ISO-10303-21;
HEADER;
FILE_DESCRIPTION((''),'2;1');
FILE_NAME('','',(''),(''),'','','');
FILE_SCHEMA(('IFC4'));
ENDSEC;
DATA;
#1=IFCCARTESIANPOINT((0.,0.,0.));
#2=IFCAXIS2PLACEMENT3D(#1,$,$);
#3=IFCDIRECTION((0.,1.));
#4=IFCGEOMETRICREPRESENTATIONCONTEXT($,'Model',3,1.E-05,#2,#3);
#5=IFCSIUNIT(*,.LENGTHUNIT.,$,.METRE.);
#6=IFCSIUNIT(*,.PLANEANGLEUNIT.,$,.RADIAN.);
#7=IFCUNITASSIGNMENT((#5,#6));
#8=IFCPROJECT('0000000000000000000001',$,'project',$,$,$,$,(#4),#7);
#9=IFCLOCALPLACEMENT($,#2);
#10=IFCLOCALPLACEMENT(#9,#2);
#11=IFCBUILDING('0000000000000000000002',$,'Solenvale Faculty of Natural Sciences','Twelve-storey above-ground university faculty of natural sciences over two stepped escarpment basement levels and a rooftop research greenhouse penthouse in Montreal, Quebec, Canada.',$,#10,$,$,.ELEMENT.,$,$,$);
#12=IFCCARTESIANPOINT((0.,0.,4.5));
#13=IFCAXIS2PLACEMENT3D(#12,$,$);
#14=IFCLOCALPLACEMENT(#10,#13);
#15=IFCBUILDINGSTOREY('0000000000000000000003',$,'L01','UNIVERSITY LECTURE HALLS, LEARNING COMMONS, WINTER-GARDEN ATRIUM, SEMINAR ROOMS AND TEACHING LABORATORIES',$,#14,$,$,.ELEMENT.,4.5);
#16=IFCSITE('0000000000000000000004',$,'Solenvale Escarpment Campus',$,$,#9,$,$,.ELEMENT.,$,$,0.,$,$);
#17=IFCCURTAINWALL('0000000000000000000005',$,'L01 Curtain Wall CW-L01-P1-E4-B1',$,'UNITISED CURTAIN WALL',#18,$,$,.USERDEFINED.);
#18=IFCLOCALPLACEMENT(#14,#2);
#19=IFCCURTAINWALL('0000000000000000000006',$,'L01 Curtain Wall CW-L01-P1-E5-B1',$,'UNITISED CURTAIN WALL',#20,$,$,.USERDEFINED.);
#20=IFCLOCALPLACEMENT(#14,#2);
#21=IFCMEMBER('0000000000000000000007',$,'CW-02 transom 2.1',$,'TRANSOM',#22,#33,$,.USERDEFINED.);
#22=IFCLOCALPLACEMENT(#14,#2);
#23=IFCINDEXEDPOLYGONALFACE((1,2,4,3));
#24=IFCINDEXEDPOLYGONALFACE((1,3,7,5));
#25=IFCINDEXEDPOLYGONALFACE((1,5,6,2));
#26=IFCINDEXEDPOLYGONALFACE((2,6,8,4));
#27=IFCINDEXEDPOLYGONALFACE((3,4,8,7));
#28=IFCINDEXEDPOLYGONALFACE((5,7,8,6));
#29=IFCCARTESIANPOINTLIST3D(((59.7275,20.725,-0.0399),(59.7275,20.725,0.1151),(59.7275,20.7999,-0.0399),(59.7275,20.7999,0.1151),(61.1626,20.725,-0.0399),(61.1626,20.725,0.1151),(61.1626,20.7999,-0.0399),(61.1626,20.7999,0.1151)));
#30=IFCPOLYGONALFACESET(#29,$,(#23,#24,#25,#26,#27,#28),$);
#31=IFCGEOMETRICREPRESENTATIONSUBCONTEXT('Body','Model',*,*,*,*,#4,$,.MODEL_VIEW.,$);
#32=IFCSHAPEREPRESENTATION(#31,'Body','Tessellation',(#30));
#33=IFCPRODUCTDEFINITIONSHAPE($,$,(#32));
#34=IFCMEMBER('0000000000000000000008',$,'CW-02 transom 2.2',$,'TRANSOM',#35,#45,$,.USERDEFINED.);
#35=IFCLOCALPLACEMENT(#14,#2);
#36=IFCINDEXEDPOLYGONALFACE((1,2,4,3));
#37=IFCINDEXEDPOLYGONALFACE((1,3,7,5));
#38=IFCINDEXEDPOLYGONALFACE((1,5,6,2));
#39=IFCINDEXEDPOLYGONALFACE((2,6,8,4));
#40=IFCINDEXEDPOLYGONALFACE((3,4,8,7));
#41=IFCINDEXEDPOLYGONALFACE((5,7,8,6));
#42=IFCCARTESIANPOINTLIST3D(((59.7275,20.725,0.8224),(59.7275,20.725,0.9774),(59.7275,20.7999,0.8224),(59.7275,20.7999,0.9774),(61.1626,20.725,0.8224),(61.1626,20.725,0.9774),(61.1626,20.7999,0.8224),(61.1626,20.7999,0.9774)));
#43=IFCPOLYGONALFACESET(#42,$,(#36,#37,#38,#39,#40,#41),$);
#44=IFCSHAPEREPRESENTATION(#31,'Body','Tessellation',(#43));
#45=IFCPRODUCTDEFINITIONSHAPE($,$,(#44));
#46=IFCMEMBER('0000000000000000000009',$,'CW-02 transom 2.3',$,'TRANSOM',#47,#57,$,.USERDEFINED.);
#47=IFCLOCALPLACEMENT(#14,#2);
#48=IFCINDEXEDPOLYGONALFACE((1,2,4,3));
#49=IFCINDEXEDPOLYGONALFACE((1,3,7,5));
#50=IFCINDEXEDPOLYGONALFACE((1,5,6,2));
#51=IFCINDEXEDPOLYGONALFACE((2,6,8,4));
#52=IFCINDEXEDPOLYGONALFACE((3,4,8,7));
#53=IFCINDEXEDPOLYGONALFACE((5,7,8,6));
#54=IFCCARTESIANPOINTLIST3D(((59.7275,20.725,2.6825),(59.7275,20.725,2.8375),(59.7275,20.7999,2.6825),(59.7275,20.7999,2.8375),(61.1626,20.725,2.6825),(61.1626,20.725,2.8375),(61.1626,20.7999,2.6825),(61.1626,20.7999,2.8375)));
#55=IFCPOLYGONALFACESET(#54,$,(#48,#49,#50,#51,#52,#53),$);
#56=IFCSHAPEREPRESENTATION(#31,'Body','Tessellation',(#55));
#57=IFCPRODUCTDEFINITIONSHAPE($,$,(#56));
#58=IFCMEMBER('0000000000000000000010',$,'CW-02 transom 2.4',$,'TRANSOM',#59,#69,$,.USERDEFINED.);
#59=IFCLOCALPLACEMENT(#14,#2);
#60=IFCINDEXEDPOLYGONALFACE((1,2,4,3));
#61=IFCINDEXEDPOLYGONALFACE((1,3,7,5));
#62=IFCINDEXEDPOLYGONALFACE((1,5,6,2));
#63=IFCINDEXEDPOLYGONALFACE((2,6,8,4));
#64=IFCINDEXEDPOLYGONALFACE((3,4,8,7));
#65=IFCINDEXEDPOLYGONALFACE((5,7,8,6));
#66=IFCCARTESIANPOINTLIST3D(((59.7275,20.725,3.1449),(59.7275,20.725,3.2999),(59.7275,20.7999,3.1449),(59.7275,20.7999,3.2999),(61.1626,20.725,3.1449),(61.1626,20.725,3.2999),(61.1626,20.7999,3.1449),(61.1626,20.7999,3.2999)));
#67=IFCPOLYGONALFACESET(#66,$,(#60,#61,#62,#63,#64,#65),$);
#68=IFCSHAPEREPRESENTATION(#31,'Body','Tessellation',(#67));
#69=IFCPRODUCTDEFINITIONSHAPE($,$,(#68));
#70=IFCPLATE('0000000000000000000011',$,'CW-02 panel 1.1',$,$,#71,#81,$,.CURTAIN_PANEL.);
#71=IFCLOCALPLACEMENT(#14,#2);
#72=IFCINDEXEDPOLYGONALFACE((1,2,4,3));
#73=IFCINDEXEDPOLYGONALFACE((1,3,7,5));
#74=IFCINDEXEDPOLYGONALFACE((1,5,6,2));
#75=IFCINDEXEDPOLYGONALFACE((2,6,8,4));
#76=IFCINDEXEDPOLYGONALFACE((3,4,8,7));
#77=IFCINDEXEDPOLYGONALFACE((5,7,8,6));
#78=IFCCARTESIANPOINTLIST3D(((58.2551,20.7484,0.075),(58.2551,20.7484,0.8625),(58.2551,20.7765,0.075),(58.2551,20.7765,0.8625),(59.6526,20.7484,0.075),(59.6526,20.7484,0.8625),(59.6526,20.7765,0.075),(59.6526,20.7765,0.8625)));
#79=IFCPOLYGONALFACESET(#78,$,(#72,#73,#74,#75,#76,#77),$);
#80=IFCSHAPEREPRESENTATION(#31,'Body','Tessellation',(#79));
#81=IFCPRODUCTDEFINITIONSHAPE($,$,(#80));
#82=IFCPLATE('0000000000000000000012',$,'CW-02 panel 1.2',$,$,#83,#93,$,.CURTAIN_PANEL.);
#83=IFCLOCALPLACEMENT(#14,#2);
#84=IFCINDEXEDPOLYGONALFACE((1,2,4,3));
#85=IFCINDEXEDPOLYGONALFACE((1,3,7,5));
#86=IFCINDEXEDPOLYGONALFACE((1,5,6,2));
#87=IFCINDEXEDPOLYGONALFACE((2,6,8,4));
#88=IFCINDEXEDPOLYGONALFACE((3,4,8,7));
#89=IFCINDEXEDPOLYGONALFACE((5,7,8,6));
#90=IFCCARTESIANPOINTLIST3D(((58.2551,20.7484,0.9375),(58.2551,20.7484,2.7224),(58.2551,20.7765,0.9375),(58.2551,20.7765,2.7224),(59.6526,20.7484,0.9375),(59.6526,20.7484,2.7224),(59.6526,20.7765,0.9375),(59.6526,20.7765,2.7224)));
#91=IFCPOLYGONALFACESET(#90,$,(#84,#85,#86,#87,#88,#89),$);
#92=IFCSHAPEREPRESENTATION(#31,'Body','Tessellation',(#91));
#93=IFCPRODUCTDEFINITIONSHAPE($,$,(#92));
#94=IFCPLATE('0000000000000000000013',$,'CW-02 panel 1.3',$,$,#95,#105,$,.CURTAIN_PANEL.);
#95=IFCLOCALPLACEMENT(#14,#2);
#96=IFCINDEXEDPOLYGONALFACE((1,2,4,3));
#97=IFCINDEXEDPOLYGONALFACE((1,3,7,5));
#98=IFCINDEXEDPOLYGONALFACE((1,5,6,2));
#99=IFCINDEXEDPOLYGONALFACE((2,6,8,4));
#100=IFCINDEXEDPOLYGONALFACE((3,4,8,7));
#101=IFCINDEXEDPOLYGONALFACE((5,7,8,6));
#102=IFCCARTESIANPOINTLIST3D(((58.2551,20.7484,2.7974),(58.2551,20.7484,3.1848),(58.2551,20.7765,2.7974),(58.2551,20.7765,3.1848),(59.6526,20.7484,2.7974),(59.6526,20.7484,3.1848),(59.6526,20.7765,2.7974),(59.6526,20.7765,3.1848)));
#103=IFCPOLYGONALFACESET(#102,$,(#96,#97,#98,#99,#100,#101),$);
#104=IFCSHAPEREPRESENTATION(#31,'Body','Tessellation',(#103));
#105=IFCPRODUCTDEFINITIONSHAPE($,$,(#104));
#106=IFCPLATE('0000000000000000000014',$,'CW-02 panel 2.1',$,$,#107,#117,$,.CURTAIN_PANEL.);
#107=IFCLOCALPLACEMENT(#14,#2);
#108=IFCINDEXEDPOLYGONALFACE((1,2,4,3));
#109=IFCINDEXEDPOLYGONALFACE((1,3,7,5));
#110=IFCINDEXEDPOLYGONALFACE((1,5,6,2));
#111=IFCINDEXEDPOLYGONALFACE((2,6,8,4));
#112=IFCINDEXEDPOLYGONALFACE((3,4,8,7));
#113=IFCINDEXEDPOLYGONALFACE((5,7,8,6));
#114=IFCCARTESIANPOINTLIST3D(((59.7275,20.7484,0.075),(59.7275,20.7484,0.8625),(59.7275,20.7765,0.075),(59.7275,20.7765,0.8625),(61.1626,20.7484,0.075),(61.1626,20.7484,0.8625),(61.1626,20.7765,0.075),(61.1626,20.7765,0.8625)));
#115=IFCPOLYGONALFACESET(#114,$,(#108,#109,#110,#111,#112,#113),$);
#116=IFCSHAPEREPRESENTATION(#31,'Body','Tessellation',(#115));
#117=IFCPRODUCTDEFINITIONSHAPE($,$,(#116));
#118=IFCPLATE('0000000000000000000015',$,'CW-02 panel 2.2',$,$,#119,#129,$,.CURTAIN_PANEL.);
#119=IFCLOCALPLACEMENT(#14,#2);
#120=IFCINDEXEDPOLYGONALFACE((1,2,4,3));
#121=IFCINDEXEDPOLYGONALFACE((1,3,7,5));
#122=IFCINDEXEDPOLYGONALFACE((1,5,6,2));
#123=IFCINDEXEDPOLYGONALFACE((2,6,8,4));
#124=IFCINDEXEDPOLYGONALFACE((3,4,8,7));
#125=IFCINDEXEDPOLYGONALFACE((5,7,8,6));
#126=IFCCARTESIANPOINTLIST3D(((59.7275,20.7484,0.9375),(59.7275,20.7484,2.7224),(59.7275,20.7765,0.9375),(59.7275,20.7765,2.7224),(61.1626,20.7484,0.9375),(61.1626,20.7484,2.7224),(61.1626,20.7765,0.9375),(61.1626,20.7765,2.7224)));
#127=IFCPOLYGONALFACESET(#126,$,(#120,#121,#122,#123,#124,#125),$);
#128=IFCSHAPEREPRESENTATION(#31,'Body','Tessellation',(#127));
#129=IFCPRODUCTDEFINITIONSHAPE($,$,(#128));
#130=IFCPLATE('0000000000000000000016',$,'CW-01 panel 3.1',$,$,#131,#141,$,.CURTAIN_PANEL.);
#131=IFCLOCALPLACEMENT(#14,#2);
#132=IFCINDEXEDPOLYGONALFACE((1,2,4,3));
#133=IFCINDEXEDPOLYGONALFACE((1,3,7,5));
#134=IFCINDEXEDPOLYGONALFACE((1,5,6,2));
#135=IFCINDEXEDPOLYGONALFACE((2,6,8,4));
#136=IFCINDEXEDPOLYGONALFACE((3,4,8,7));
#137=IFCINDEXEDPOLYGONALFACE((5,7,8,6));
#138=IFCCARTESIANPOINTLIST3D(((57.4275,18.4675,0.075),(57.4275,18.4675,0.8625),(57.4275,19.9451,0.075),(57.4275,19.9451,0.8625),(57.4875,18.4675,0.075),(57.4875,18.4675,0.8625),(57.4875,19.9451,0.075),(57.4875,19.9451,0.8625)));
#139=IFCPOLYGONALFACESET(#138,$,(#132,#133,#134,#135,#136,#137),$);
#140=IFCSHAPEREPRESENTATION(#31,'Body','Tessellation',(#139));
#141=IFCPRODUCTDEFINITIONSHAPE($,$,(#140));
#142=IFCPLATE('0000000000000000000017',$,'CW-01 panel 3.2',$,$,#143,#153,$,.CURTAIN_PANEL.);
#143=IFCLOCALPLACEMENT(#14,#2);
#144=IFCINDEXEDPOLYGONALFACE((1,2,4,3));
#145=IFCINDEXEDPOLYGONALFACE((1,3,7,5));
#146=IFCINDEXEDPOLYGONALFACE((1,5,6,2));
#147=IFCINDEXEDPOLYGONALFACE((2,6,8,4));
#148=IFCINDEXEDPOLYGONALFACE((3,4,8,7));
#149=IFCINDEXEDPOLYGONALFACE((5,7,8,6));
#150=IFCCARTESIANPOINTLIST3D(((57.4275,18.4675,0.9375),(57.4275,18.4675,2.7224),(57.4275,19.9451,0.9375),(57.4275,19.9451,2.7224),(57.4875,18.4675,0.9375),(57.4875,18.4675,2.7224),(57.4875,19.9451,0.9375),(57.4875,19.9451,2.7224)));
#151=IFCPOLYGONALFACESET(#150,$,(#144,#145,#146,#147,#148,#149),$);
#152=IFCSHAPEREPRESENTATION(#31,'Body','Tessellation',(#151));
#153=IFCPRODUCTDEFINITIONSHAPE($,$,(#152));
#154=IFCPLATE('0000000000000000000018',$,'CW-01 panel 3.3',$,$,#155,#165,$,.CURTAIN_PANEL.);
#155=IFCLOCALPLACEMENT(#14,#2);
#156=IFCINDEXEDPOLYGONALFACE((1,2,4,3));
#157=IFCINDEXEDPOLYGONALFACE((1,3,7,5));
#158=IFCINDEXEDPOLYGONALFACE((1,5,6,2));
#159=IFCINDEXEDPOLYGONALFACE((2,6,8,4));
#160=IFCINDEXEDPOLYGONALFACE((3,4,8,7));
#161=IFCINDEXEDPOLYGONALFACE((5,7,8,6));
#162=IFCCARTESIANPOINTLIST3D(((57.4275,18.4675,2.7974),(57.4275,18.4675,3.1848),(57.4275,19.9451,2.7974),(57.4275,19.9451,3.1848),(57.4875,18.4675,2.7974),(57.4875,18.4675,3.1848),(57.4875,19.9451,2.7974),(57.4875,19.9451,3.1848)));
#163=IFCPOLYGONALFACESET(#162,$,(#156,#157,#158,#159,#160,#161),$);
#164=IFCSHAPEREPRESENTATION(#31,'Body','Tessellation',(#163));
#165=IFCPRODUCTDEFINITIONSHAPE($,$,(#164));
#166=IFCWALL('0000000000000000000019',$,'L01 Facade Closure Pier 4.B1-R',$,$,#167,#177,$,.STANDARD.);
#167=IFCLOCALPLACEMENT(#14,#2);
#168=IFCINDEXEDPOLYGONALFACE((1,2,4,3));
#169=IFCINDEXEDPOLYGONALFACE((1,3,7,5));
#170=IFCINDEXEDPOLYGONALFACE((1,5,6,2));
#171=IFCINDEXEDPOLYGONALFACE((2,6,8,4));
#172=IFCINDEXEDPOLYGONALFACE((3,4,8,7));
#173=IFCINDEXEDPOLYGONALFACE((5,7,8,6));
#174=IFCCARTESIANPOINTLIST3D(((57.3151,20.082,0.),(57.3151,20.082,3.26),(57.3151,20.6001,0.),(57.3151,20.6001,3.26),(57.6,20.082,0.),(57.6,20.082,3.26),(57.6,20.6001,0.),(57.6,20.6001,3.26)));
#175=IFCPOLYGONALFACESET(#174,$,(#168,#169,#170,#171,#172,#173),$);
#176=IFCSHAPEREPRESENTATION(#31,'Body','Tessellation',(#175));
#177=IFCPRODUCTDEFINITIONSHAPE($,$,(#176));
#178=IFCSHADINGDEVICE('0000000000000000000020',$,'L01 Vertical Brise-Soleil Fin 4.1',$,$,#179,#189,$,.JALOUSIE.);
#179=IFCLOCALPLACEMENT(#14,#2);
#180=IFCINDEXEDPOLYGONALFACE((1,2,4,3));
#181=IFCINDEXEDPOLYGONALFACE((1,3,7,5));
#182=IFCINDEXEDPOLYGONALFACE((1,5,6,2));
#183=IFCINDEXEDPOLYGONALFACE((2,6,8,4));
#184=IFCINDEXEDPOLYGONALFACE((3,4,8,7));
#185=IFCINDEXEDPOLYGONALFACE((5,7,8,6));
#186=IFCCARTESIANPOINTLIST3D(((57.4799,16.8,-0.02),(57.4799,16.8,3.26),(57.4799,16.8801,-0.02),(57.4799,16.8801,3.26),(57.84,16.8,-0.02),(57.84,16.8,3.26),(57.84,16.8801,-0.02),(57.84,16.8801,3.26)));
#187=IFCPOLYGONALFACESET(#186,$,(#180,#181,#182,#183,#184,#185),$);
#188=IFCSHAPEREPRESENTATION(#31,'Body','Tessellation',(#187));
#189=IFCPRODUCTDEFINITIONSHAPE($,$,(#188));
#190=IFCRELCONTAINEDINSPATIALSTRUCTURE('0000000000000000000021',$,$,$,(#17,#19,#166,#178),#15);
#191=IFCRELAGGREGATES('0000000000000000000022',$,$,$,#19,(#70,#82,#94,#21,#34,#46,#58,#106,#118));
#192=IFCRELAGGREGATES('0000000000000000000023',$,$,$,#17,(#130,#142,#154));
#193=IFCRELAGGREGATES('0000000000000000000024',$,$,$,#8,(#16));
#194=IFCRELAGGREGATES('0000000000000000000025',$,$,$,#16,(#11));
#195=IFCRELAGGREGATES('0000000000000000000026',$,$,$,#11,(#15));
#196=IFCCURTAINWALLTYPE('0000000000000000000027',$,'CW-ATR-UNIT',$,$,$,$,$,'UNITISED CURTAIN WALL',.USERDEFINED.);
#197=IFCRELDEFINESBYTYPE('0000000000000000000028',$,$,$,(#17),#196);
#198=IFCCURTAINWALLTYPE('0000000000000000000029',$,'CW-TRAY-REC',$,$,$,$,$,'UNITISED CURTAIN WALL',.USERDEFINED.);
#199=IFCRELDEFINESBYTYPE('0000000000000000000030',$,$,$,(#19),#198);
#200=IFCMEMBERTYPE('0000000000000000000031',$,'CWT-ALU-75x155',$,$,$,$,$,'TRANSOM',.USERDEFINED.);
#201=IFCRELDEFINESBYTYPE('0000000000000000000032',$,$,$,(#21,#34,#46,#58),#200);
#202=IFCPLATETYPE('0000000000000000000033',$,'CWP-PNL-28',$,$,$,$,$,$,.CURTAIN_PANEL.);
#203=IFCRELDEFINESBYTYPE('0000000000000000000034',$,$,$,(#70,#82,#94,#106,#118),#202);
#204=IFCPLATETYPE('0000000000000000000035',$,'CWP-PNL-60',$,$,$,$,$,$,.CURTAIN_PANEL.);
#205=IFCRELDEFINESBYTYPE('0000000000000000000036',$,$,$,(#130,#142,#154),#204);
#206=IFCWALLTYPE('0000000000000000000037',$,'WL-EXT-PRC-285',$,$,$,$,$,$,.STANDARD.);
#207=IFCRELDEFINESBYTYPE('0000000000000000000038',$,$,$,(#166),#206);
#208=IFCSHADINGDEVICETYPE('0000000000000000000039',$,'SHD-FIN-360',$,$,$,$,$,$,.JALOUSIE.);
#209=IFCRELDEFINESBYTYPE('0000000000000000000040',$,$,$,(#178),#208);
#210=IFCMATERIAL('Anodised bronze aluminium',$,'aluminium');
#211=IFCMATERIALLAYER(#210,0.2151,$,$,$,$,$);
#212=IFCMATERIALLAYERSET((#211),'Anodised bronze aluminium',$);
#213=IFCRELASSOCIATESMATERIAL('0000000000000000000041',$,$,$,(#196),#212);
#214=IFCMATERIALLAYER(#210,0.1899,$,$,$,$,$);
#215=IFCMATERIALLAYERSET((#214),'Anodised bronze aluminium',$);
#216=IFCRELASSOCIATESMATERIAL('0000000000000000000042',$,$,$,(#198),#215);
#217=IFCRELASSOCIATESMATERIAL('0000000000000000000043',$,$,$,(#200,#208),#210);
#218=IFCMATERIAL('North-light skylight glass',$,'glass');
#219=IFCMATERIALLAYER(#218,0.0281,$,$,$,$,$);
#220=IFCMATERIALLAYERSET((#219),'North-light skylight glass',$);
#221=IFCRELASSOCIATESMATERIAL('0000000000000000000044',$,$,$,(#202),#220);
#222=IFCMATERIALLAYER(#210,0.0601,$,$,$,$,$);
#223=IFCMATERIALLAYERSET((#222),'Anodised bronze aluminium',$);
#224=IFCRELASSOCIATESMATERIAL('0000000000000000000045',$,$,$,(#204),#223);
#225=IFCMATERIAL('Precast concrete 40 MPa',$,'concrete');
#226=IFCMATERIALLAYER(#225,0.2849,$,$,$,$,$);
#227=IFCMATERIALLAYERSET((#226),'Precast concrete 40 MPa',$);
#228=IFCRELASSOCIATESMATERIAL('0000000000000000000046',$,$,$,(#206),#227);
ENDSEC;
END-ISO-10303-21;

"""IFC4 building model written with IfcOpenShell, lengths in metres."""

from ifc_helpers import new_model, si_unit, direction, frame, frame_2d, origin, origin_2d, place, context, subcontext, project, spatial, rectangle, extrude, material, layer, layer_set, material_profile, profile_set, type_object, element, aggregate, save


model = new_model("IFC4")

# Units and contexts
model_context = context("Model", 3, precision=1e-05, world=origin(), true_north=direction((0.0, 1.0)))
body_context = subcontext(model_context, "Body", "Model", "MODEL_VIEW")
ifc_project = project(units=[si_unit("LENGTHUNIT", "METRE"), si_unit("PLANEANGLEUNIT", "RADIAN")], contexts=[model_context])

# Site, building, storey
site_placement = place(None, origin())
site = spatial("IfcSite", under=ifc_project, at=site_placement, Name="Solenvale Escarpment Campus", CompositionType="ELEMENT", RefElevation=0.0)
building_placement = place(site_placement, origin())
building = spatial("IfcBuilding", under=site, at=building_placement, Name="Solenvale Faculty of Natural Sciences", Description="Twelve-storey above-ground university faculty of natural sciences over two stepped escarpment basement levels and a rooftop research greenhouse penthouse in Montreal, Quebec, Canada.", CompositionType="ELEMENT")
storey_placement = place(building_placement, frame((0.0, 0.0, 4.5)))
storey = spatial("IfcBuildingStorey", under=building, at=storey_placement, Name="L01", Description="UNIVERSITY LECTURE HALLS, LEARNING COMMONS, WINTER-GARDEN ATRIUM, SEMINAR ROOMS AND TEACHING LABORATORIES", CompositionType="ELEMENT", Elevation=4.5)

# Curtain wall
ifc_material_1 = material(Name="Anodised bronze aluminium", Category="aluminium")
ifc_layer_1 = layer(ifc_material_1, 0.2151)
ifc_layer_set_1 = layer_set([ifc_layer_1], Name="Anodised bronze aluminium")
curtain_wall_type_1 = type_object("IfcCurtainWallType", Name="CW-ATR-UNIT", ElementType="UNITISED CURTAIN WALL", PredefinedType="USERDEFINED", material=ifc_layer_set_1)
curtain_wall_1_placement = place(storey_placement, origin())
curtain_wall_1 = element("IfcCurtainWall", 1, at=curtain_wall_1_placement, inside=storey, type_object=curtain_wall_type_1, Name="L01 Curtain Wall CW-L01-P1-E4-B1", ObjectType="UNITISED CURTAIN WALL", PredefinedType="USERDEFINED")

# Curtain wall, members, plates
ifc_layer_2 = layer(ifc_material_1, 0.1899)
ifc_layer_set_2 = layer_set([ifc_layer_2], Name="Anodised bronze aluminium")
curtain_wall_type_2 = type_object("IfcCurtainWallType", Name="CW-TRAY-REC", ElementType="UNITISED CURTAIN WALL", PredefinedType="USERDEFINED", material=ifc_layer_set_2)
curtain_wall_2_placement = place(storey_placement, origin())
curtain_wall_2 = element("IfcCurtainWall", 2, at=curtain_wall_2_placement, inside=storey, type_object=curtain_wall_type_2, Name="L01 Curtain Wall CW-L01-P1-E5-B1", ObjectType="UNITISED CURTAIN WALL", PredefinedType="USERDEFINED")
ifc_material_profile_1 = material_profile(ifc_material_1, rectangle(XDim=0.075, YDim=0.155, at=origin_2d()), Name="ALU-TRN-75x155")
ifc_profile_set_1 = profile_set([ifc_material_profile_1], Name="Anodised bronze aluminium")
member_type_1 = type_object("IfcMemberType", Name="CWT-ALU-75x155", ElementType="TRANSOM", PredefinedType="USERDEFINED", material=ifc_profile_set_1)
member_1_placement = place(storey_placement, frame((59.7275, 20.7625, 0.0376), z_axis=(1.0, 0.0, 0.0), x_axis=(0.0, 1.0, 0.0)))
member_1 = element("IfcMember", 3, at=member_1_placement, type_object=member_type_1, Name="CW-02 transom 2.1", ObjectType="TRANSOM", PredefinedType="USERDEFINED", context=body_context, shape_type="SweptSolid", body=[
    extrude(rectangle(XDim=0.075, YDim=0.155, at=origin_2d()), origin(), (0.0, 0.0, 1.0), 1.4351),
])
member_2_placement = place(storey_placement, frame((59.7275, 20.7625, 0.8999), z_axis=(1.0, 0.0, 0.0), x_axis=(0.0, 1.0, 0.0)))
member_2 = element("IfcMember", 4, at=member_2_placement, type_object=member_type_1, Name="CW-02 transom 2.2", ObjectType="TRANSOM", PredefinedType="USERDEFINED", context=body_context, shape_type="SweptSolid", body=[
    extrude(rectangle(XDim=0.075, YDim=0.155, at=origin_2d()), origin(), (0.0, 0.0, 1.0), 1.4351),
])
member_3_placement = place(storey_placement, frame((59.7275, 20.7625, 2.76), z_axis=(1.0, 0.0, 0.0), x_axis=(0.0, 1.0, 0.0)))
member_3 = element("IfcMember", 5, at=member_3_placement, type_object=member_type_1, Name="CW-02 transom 2.3", ObjectType="TRANSOM", PredefinedType="USERDEFINED", context=body_context, shape_type="SweptSolid", body=[
    extrude(rectangle(XDim=0.075, YDim=0.155, at=origin_2d()), origin(), (0.0, 0.0, 1.0), 1.4351),
])
member_4_placement = place(storey_placement, frame((59.7275, 20.7625, 3.2224), z_axis=(1.0, 0.0, 0.0), x_axis=(0.0, 1.0, 0.0)))
member_4 = element("IfcMember", 6, at=member_4_placement, type_object=member_type_1, Name="CW-02 transom 2.4", ObjectType="TRANSOM", PredefinedType="USERDEFINED", context=body_context, shape_type="SweptSolid", body=[
    extrude(rectangle(XDim=0.075, YDim=0.155, at=origin_2d()), origin(), (0.0, 0.0, 1.0), 1.4351),
])
ifc_material_2 = material(Name="North-light skylight glass", Category="glass")
ifc_layer_3 = layer(ifc_material_2, 0.0281)
ifc_layer_set_3 = layer_set([ifc_layer_3], Name="North-light skylight glass")
plate_type_1 = type_object("IfcPlateType", Name="CWP-PNL-28", PredefinedType="CURTAIN_PANEL", material=ifc_layer_set_3)
plate_1_placement = place(storey_placement, frame((58.9539, 20.7625, 0.075), z_axis=(0.0, 0.0, 1.0), x_axis=(1.0, 0.0, 0.0)))
plate_1 = element("IfcPlate", 7, at=plate_1_placement, type_object=plate_type_1, Name="CW-02 panel 1.1", PredefinedType="CURTAIN_PANEL", context=body_context, shape_type="SweptSolid", body=[
    extrude(rectangle(XDim=1.3975, YDim=0.0281, at=origin_2d()), origin(), (0.0, 0.0, 1.0), 0.7876),
])
plate_2_placement = place(storey_placement, frame((58.9539, 20.7625, 0.9375), z_axis=(0.0, 0.0, 1.0), x_axis=(1.0, 0.0, 0.0)))
plate_2 = element("IfcPlate", 8, at=plate_2_placement, type_object=plate_type_1, Name="CW-02 panel 1.2", PredefinedType="CURTAIN_PANEL", context=body_context, shape_type="SweptSolid", body=[
    extrude(rectangle(XDim=1.3975, YDim=0.0281, at=origin_2d()), origin(), (0.0, 0.0, 1.0), 1.7849),
])
plate_3_placement = place(storey_placement, frame((58.9539, 20.7625, 2.7974), z_axis=(0.0, 0.0, 1.0), x_axis=(1.0, 0.0, 0.0)))
plate_3 = element("IfcPlate", 9, at=plate_3_placement, type_object=plate_type_1, Name="CW-02 panel 1.3", PredefinedType="CURTAIN_PANEL", context=body_context, shape_type="SweptSolid", body=[
    extrude(rectangle(XDim=1.3975, YDim=0.0281, at=origin_2d()), origin(), (0.0, 0.0, 1.0), 0.3875),
])
plate_4_placement = place(storey_placement, frame((60.4451, 20.7625, 0.075), z_axis=(0.0, 0.0, 1.0), x_axis=(1.0, 0.0, 0.0)))
plate_4 = element("IfcPlate", 10, at=plate_4_placement, type_object=plate_type_1, Name="CW-02 panel 2.1", PredefinedType="CURTAIN_PANEL", context=body_context, shape_type="SweptSolid", body=[
    extrude(rectangle(XDim=1.4351, YDim=0.0281, at=origin_2d()), origin(), (0.0, 0.0, 1.0), 0.7876),
])
plate_5_placement = place(storey_placement, frame((60.4451, 20.7625, 0.9375), z_axis=(0.0, 0.0, 1.0), x_axis=(1.0, 0.0, 0.0)))
plate_5 = element("IfcPlate", 11, at=plate_5_placement, type_object=plate_type_1, Name="CW-02 panel 2.2", PredefinedType="CURTAIN_PANEL", context=body_context, shape_type="SweptSolid", body=[
    extrude(rectangle(XDim=1.4351, YDim=0.0281, at=origin_2d()), origin(), (0.0, 0.0, 1.0), 1.7849),
])
aggregate(curtain_wall_2, [plate_1, plate_2, plate_3, member_1, member_2, member_3, member_4, plate_4, plate_5])

# Plates
ifc_layer_4 = layer(ifc_material_1, 0.0601)
ifc_layer_set_4 = layer_set([ifc_layer_4], Name="Anodised bronze aluminium")
plate_type_2 = type_object("IfcPlateType", Name="CWP-PNL-60", PredefinedType="CURTAIN_PANEL", material=ifc_layer_set_4)
plate_6_placement = place(storey_placement, frame((57.4575, 19.2063, 0.075), z_axis=(0.0, 0.0, 1.0), x_axis=(0.0, 1.0, 0.0)))
plate_6 = element("IfcPlate", 12, at=plate_6_placement, type_object=plate_type_2, Name="CW-01 panel 3.1", PredefinedType="CURTAIN_PANEL", context=body_context, shape_type="SweptSolid", body=[
    extrude(rectangle(XDim=1.4775, YDim=0.0601, at=origin_2d()), origin(), (0.0, 0.0, 1.0), 0.7876),
])
plate_7_placement = place(storey_placement, frame((57.4575, 19.2063, 0.9375), z_axis=(0.0, 0.0, 1.0), x_axis=(0.0, 1.0, 0.0)))
plate_7 = element("IfcPlate", 13, at=plate_7_placement, type_object=plate_type_2, Name="CW-01 panel 3.2", PredefinedType="CURTAIN_PANEL", context=body_context, shape_type="SweptSolid", body=[
    extrude(rectangle(XDim=1.4775, YDim=0.0601, at=origin_2d()), origin(), (0.0, 0.0, 1.0), 1.7849),
])
plate_8_placement = place(storey_placement, frame((57.4575, 19.2063, 2.7974), z_axis=(0.0, 0.0, 1.0), x_axis=(0.0, 1.0, 0.0)))
plate_8 = element("IfcPlate", 14, at=plate_8_placement, type_object=plate_type_2, Name="CW-01 panel 3.3", PredefinedType="CURTAIN_PANEL", context=body_context, shape_type="SweptSolid", body=[
    extrude(rectangle(XDim=1.4775, YDim=0.0601, at=origin_2d()), origin(), (0.0, 0.0, 1.0), 0.3875),
])
aggregate(curtain_wall_1, [plate_6, plate_7, plate_8])

# Wall
ifc_material_3 = material(Name="Precast concrete 40 MPa", Category="concrete")
ifc_layer_5 = layer(ifc_material_3, 0.2849)
ifc_layer_set_5 = layer_set([ifc_layer_5], Name="Precast concrete 40 MPa")
wall_type = type_object("IfcWallType", Name="WL-EXT-PRC-285", PredefinedType="STANDARD", material=ifc_layer_set_5)
wall_placement = place(storey_placement, frame((57.4575, 20.082, 0.0), z_axis=(0.0, 0.0, 1.0), x_axis=(0.0, 1.0, 0.0)))
element("IfcWall", 15, at=wall_placement, inside=storey, type_object=wall_type, Name="L01 Facade Closure Pier 4.B1-R", PredefinedType="STANDARD", context=body_context, shape_type="SweptSolid", body=[
    extrude(rectangle(XDim=0.5181, YDim=0.2849, at=frame_2d((0.259, 0.0))), origin(), (0.0, 0.0, 1.0), 3.26),
])

# Shading device
ifc_material_profile_2 = material_profile(ifc_material_1, rectangle(XDim=0.0801, YDim=0.3601, at=origin_2d()), Name="ALU-FIN-80x360")
ifc_profile_set_2 = profile_set([ifc_material_profile_2], Name="Anodised bronze aluminium")
shading_device_type = type_object("IfcShadingDeviceType", Name="SHD-FIN-360", PredefinedType="JALOUSIE", material=ifc_profile_set_2)
shading_device_placement = place(storey_placement, frame((57.6599, 16.8401, -0.02), z_axis=(0.0, 0.0, 1.0), x_axis=(0.0, 1.0, 0.0)))
element("IfcShadingDevice", 16, at=shading_device_placement, inside=storey, type_object=shading_device_type, Name="L01 Vertical Brise-Soleil Fin 4.1", PredefinedType="JALOUSIE", context=body_context, shape_type="SweptSolid", body=[
    extrude(rectangle(XDim=0.0801, YDim=0.3601, at=origin_2d()), origin(), (0.0, 0.0, 1.0), 3.28),
])

save(model, "model.ifc")
